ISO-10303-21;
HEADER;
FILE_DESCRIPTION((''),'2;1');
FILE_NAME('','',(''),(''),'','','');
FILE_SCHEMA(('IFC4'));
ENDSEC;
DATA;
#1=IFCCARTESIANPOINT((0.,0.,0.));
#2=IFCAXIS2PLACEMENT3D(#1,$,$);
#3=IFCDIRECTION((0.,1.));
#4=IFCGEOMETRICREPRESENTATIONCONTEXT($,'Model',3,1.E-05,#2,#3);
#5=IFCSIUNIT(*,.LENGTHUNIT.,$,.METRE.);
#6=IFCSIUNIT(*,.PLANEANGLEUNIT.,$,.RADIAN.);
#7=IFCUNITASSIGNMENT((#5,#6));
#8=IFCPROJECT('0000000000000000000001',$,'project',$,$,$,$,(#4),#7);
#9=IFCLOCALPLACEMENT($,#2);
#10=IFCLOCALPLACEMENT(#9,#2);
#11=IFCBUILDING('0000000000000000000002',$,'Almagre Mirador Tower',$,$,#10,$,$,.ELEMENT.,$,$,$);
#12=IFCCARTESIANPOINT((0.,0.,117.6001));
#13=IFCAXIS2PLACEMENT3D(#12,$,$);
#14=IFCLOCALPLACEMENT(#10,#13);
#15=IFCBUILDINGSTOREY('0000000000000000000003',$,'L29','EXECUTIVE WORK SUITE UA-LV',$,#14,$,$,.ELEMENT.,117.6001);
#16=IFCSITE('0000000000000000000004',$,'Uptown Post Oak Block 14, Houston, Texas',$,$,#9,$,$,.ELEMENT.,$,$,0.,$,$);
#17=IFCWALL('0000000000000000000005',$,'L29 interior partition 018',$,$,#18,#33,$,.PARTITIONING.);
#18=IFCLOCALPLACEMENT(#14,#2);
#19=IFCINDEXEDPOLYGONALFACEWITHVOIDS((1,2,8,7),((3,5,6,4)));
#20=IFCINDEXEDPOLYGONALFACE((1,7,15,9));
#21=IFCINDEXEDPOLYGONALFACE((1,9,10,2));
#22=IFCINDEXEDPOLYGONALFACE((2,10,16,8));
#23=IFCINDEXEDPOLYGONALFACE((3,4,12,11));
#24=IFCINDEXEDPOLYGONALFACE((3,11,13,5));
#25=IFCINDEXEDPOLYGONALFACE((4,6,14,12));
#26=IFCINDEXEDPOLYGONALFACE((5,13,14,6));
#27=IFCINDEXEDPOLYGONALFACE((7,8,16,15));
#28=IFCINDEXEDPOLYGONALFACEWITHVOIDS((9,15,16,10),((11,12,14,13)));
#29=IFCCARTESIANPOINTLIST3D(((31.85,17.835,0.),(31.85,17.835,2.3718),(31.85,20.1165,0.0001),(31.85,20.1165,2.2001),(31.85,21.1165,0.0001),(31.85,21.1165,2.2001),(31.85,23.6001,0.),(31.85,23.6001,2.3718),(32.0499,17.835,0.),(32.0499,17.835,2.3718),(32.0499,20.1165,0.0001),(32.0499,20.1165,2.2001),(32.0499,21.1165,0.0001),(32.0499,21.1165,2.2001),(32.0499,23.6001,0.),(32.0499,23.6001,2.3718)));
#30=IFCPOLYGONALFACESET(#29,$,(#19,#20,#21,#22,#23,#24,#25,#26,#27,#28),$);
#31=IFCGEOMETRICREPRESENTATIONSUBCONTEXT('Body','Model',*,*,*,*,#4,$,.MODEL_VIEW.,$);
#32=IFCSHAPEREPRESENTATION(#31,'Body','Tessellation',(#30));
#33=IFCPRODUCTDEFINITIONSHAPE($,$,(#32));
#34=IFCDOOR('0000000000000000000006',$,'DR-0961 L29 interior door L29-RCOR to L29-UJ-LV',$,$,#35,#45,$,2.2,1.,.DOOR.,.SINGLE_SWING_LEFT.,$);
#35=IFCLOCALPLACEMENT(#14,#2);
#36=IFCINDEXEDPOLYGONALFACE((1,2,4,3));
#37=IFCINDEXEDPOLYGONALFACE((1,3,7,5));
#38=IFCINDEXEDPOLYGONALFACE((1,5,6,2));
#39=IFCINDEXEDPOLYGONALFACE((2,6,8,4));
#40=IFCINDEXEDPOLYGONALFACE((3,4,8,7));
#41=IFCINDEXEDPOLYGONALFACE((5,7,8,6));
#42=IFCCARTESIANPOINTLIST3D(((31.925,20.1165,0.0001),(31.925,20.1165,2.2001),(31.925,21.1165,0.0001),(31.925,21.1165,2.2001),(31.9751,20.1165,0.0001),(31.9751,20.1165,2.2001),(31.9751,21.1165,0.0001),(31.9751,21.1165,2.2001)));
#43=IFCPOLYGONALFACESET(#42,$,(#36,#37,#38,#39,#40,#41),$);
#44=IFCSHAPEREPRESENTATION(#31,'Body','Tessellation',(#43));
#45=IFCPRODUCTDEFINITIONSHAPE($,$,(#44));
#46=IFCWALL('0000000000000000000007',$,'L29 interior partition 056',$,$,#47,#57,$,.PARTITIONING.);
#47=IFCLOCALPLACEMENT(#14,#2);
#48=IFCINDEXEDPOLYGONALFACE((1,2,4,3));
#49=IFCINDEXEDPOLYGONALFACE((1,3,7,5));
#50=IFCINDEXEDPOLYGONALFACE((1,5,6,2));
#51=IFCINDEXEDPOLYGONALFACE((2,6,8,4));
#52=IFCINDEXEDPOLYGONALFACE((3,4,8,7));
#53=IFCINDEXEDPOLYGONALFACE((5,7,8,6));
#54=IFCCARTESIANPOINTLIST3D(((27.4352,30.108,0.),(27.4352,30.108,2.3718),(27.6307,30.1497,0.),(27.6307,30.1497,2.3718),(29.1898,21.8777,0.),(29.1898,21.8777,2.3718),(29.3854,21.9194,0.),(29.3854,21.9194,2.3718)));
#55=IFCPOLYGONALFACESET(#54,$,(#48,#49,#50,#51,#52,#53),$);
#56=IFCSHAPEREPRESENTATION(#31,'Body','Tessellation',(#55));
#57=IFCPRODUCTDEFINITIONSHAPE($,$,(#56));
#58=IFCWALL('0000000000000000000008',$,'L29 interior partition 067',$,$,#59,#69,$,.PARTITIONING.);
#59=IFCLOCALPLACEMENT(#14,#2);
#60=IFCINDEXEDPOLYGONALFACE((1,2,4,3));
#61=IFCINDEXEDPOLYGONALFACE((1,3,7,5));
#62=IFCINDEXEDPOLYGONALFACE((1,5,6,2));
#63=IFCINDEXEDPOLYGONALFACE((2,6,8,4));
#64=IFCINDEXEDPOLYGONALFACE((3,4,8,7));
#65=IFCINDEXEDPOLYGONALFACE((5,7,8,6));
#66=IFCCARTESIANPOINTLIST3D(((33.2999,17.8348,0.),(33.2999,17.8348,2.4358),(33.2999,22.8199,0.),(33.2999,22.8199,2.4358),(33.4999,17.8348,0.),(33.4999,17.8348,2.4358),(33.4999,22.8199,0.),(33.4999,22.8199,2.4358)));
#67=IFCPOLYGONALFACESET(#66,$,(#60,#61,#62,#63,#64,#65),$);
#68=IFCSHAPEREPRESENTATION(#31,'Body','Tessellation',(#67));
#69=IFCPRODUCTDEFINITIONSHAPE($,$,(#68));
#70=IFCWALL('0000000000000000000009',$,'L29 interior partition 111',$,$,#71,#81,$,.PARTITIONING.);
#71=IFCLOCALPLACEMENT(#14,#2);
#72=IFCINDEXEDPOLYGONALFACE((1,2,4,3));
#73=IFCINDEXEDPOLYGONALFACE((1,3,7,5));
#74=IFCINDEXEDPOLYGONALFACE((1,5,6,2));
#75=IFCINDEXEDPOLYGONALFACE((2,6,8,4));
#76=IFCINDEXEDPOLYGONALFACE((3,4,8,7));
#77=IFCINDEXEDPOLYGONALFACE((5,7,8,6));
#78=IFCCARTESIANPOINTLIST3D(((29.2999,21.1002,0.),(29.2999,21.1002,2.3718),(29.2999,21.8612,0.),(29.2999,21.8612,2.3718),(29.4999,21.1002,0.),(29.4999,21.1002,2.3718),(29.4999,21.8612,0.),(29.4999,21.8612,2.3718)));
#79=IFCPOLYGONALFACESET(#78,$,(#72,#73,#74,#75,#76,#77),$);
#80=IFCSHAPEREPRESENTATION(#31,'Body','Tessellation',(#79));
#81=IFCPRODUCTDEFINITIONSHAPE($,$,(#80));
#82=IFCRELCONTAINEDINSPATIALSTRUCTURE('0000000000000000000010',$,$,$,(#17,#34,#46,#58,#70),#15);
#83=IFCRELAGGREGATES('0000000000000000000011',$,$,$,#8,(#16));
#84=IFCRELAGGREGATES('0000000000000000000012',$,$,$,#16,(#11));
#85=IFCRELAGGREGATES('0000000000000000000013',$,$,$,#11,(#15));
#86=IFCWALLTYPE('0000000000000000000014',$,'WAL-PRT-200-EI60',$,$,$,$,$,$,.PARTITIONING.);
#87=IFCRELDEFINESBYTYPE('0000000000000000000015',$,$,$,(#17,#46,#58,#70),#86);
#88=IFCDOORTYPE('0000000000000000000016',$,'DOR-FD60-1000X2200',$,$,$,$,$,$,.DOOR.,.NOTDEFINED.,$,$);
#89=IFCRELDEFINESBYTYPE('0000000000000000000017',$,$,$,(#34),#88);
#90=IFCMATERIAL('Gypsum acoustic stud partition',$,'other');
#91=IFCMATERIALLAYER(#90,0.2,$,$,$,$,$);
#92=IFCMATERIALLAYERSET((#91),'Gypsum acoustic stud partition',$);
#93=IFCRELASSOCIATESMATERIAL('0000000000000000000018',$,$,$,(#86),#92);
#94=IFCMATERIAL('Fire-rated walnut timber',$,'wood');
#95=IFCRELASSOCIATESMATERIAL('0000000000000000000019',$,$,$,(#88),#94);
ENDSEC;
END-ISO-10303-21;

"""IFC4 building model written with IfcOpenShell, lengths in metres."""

from ifc_helpers import new_model, si_unit, direction, frame, frame_2d, origin, place, context, subcontext, project, spatial, rectangle, extrude, material, layer, layer_set, type_object, element, fill, save


model = new_model("IFC4")

# Units and contexts
model_context = context("Model", 3, precision=1e-05, world=origin(), true_north=direction((0.0, 1.0)))
body_context = subcontext(model_context, "Body", "Model", "MODEL_VIEW")
ifc_project = project(units=[si_unit("LENGTHUNIT", "METRE"), si_unit("PLANEANGLEUNIT", "RADIAN")], contexts=[model_context])

# Site, building, storey
site_placement = place(None, origin())
site = spatial("IfcSite", under=ifc_project, at=site_placement, Name="Uptown Post Oak Block 14, Houston, Texas", CompositionType="ELEMENT", RefElevation=0.0)
building_placement = place(site_placement, origin())
building = spatial("IfcBuilding", under=site, at=building_placement, Name="Almagre Mirador Tower", CompositionType="ELEMENT")
storey_placement = place(building_placement, frame((0.0, 0.0, 117.6001)))
storey = spatial("IfcBuildingStorey", under=building, at=storey_placement, Name="L29", Description="EXECUTIVE WORK SUITE UA-LV", CompositionType="ELEMENT", Elevation=117.6001)

# Shared definitions
ifc_material_1 = material(Name="Gypsum acoustic stud partition", Category="other")
ifc_layer_1 = layer(ifc_material_1, 0.2)
ifc_layer_set_1 = layer_set([ifc_layer_1], Name="Gypsum acoustic stud partition")
wall_type_1 = type_object("IfcWallType", Name="WAL-PRT-200-EI60", PredefinedType="PARTITIONING", material=ifc_layer_set_1)
ifc_material_2 = material(Name="Fire-rated walnut timber", Category="wood")
door_type_1 = type_object("IfcDoorType", Name="DOR-FD60-1000X2200", OperationType="NOTDEFINED", PredefinedType="DOOR", material=ifc_material_2)

# Wall, opening, door
wall_1_placement = place(storey_placement, frame((31.95, 17.835, 0.0), z_axis=(0.0, 0.0, 1.0), x_axis=(0.0, 1.0, 0.0)))
wall_1 = element("IfcWall", 1, at=wall_1_placement, inside=storey, type_object=wall_type_1, Name="L29 interior partition 018", PredefinedType="PARTITIONING", context=body_context, shape_type="SweptSolid", body=[
    extrude(rectangle(XDim=5.7651, YDim=0.2, at=frame_2d((2.8826, 0.0))), origin(), (0.0, 0.0, 1.0), 2.3718),
])
opening_1_placement = place(wall_1_placement, frame((2.2815, 0.0, 0.0)))
opening_1 = element("IfcOpeningElement", 2, at=opening_1_placement, cuts=wall_1, PredefinedType="OPENING", context=body_context, shape_type="SweptSolid", body=[
    extrude(rectangle(XDim=1.0, YDim=2.2, at=frame_2d((0.5, 1.1001))), frame((0.0, 0.1101, 0.0), z_axis=(0.0, -1.0, 0.0), x_axis=(1.0, 0.0, 0.0)), (0.0, 0.0, 1.0), 0.22),
])
door_1_placement = place(opening_1_placement, origin())
door_1 = element("IfcDoor", 3, at=door_1_placement, inside=storey, type_object=door_type_1, Name="DR-0961 L29 interior door L29-RCOR to L29-UJ-LV", OperationType="SINGLE_SWING_LEFT", OverallHeight=2.2, OverallWidth=1.0, PredefinedType="DOOR", context=body_context, shape_type="SweptSolid", body=[
    extrude(rectangle(XDim=1.0, YDim=2.2, at=frame_2d((0.5, 1.1001))), frame((0.0, 0.0249, 0.0), z_axis=(0.0, -1.0, 0.0), x_axis=(1.0, 0.0, 0.0)), (0.0, 0.0, 1.0), 0.05),
])
fill(opening_1, door_1)

# Walls
wall_2_placement = place(storey_placement, frame((29.2876, 21.8987, 0.0), z_axis=(0.0, 0.0, 1.0), x_axis=(-0.208509, 0.978021, 0.0)))
element("IfcWall", 4, at=wall_2_placement, inside=storey, type_object=wall_type_1, Name="L29 interior partition 056", PredefinedType="PARTITIONING", context=body_context, shape_type="SweptSolid", body=[
    extrude(rectangle(XDim=8.4153, YDim=0.2, at=frame_2d((4.2075, 0.0))), origin(), (0.0, 0.0, 1.0), 2.3718),
])
wall_3_placement = place(storey_placement, frame((33.3999, 22.8201, 0.0), z_axis=(0.0, 0.0, 1.0), x_axis=(0.0, -1.0, 0.0)))
element("IfcWall", 5, at=wall_3_placement, inside=storey, type_object=wall_type_1, Name="L29 interior partition 067", PredefinedType="PARTITIONING", context=body_context, shape_type="SweptSolid", body=[
    extrude(rectangle(XDim=4.9851, YDim=0.2, at=frame_2d((2.4927, 0.0))), origin(), (0.0, 0.0, 1.0), 2.4358),
])
wall_4_placement = place(storey_placement, frame((29.3999, 21.8611, 0.0), z_axis=(0.0, 0.0, 1.0), x_axis=(0.0, -1.0, 0.0)))
element("IfcWall", 6, at=wall_4_placement, inside=storey, type_object=wall_type_1, Name="L29 interior partition 111", PredefinedType="PARTITIONING", context=body_context, shape_type="SweptSolid", body=[
    extrude(rectangle(XDim=0.761, YDim=0.2, at=frame_2d((0.3804, 0.0))), origin(), (0.0, 0.0, 1.0), 2.3718),
])

save(model, "model.ifc")
